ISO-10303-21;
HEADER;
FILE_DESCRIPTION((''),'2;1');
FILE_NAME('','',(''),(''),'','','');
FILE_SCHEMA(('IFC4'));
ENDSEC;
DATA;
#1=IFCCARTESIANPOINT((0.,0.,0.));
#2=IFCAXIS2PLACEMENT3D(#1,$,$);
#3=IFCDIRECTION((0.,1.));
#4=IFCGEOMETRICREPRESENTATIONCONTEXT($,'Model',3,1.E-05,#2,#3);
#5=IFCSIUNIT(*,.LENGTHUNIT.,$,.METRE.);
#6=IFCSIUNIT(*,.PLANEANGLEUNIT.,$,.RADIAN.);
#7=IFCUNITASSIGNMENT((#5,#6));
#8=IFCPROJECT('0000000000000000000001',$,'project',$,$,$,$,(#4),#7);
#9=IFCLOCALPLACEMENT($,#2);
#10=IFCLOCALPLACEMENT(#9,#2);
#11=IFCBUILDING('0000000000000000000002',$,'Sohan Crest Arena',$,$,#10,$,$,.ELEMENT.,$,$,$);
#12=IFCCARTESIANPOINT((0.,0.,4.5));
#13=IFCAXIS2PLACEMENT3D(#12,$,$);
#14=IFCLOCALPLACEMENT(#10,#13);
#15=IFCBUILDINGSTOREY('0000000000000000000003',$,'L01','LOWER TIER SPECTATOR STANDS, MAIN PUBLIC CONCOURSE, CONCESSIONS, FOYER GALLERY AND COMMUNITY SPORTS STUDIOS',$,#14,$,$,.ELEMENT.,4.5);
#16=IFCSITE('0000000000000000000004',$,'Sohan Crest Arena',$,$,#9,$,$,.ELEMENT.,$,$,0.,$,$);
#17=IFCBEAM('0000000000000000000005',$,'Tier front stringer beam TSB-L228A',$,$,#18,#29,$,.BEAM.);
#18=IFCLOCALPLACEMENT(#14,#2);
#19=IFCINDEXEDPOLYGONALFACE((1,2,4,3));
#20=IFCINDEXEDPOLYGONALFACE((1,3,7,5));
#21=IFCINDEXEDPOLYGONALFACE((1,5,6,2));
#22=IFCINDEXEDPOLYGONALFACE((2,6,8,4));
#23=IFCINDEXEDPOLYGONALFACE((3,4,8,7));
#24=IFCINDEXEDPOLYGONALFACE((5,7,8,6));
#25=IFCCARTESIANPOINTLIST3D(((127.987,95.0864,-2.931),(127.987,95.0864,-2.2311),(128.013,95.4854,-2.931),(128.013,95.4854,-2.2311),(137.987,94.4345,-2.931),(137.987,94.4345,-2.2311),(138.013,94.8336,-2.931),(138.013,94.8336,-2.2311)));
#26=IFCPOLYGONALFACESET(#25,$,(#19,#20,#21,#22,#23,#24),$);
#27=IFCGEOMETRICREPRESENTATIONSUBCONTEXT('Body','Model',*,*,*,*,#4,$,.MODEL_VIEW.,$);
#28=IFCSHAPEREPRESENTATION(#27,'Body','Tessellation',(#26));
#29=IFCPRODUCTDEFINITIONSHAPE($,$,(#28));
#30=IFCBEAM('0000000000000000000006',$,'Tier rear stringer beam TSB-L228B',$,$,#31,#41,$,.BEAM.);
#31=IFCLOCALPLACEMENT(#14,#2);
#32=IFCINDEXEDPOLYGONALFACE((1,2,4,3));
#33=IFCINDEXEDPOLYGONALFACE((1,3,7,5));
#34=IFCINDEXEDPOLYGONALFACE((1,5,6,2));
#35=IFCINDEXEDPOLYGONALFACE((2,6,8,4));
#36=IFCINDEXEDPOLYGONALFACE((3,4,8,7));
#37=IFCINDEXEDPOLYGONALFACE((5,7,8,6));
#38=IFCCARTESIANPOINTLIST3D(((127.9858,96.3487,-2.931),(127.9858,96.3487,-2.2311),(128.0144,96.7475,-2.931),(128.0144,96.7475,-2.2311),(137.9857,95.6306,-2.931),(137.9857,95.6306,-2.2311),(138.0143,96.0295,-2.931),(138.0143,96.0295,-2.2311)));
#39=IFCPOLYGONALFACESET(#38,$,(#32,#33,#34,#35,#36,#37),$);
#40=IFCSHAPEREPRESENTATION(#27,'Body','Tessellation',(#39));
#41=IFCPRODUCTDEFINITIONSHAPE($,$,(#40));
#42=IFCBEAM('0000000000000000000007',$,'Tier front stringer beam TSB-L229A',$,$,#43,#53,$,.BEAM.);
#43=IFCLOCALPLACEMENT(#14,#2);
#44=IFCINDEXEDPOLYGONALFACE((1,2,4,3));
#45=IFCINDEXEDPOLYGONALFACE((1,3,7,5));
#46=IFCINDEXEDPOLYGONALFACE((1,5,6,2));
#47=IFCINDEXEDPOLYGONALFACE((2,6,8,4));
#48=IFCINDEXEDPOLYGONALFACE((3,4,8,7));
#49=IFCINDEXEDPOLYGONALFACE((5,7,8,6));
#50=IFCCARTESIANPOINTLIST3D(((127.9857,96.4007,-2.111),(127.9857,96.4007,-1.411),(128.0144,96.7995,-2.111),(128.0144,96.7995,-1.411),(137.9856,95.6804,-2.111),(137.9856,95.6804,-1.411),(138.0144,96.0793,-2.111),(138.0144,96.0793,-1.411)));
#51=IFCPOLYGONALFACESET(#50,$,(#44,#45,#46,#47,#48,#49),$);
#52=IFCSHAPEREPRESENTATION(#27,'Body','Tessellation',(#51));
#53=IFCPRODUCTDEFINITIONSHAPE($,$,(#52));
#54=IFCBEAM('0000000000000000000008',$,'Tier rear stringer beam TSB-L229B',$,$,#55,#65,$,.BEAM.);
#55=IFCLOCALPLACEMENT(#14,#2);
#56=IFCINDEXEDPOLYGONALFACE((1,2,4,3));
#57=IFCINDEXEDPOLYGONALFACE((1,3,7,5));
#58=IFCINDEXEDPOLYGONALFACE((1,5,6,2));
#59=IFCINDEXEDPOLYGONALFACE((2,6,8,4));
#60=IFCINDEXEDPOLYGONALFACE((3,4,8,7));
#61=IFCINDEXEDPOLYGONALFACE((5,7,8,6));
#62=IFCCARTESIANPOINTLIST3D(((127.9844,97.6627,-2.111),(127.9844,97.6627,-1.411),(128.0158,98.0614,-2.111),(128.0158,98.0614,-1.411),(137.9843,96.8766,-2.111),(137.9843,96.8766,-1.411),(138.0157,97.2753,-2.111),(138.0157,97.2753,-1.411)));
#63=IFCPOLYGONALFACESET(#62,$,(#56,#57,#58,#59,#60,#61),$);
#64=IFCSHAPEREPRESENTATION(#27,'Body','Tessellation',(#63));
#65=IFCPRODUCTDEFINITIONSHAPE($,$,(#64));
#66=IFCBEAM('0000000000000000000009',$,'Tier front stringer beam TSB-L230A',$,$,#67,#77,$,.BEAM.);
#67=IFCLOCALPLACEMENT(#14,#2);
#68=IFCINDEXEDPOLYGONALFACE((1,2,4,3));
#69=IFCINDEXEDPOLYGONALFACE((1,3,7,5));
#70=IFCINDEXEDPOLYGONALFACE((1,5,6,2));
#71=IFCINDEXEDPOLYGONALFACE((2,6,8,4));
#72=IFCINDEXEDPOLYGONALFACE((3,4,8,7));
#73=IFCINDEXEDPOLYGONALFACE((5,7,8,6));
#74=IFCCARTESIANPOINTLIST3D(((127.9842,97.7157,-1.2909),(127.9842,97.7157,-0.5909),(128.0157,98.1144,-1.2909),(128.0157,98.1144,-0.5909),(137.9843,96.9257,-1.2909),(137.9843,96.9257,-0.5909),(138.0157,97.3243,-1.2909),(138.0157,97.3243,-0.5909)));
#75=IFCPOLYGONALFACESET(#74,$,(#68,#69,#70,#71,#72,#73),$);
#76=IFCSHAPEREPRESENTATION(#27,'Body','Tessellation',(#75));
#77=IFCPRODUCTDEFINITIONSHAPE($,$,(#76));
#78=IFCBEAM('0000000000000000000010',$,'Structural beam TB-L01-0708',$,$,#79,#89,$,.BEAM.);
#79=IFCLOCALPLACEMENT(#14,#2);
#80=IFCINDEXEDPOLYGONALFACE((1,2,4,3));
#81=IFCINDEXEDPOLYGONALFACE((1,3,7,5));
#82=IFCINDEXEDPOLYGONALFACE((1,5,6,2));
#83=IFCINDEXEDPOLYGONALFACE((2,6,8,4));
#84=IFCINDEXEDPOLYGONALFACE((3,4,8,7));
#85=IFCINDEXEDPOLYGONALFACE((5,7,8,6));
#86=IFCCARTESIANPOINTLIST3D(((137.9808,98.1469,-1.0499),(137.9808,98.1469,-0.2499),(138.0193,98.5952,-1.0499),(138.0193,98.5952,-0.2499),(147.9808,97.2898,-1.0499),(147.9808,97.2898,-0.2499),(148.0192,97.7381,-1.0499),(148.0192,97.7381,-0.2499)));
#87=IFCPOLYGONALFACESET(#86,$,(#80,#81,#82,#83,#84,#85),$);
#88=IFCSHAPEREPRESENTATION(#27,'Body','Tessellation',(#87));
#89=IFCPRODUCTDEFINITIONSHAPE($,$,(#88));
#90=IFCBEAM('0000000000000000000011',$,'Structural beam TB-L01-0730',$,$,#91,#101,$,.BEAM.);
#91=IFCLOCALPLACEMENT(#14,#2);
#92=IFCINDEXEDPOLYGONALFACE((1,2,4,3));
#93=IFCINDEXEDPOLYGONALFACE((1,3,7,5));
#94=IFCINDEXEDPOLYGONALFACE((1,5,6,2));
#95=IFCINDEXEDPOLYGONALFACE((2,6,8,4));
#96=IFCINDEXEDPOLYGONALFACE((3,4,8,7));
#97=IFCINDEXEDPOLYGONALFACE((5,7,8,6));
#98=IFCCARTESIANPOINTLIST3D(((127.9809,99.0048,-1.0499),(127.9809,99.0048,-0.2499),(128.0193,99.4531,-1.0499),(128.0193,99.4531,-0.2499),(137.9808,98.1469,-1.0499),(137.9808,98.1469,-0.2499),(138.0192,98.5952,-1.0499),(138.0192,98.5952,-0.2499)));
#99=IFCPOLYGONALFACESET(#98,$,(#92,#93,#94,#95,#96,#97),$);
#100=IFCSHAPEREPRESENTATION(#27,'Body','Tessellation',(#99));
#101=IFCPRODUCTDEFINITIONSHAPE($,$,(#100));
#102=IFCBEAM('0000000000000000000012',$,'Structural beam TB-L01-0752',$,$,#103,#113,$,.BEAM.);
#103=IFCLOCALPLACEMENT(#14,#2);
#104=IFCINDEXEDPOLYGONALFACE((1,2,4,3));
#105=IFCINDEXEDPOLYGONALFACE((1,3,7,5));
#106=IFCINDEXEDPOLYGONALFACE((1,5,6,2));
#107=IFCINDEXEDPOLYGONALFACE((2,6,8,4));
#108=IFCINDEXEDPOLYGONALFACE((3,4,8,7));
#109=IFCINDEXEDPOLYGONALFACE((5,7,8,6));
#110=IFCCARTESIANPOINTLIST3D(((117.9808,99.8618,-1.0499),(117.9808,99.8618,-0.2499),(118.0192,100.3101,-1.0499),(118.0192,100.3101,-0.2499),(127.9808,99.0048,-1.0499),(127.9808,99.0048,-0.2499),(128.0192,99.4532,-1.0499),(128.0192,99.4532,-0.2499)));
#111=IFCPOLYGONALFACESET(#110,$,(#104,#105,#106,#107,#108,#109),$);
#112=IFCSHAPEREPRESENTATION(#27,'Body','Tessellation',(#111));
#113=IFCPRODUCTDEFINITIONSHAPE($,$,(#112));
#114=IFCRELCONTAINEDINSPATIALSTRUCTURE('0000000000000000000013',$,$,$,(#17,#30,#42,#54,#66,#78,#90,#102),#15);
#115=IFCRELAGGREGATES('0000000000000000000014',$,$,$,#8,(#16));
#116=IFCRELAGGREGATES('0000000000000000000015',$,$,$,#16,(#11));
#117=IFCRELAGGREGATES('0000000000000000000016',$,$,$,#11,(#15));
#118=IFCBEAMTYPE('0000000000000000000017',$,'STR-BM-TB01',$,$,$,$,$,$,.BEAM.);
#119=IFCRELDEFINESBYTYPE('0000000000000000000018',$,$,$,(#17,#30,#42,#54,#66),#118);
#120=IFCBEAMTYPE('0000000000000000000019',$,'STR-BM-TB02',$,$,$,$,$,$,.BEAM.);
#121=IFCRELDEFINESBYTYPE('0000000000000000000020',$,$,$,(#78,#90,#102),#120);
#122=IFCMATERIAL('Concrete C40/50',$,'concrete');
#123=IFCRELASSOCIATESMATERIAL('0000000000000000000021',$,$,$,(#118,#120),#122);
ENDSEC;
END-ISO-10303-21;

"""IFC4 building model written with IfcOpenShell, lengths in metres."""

from ifc_helpers import new_model, si_unit, direction, frame, origin, origin_2d, place, context, subcontext, project, spatial, rectangle, extrude, material, material_profile, profile_set, type_object, element, save


model = new_model("IFC4")

# Units and contexts
model_context = context("Model", 3, precision=1e-05, world=origin(), true_north=direction((0.0, 1.0)))
body_context = subcontext(model_context, "Body", "Model", "MODEL_VIEW")
ifc_project = project(units=[si_unit("LENGTHUNIT", "METRE"), si_unit("PLANEANGLEUNIT", "RADIAN")], contexts=[model_context])

# Site, building, storey
site_placement = place(None, origin())
site = spatial("IfcSite", under=ifc_project, at=site_placement, Name="Sohan Crest Arena", CompositionType="ELEMENT", RefElevation=0.0)
building_placement = place(site_placement, origin())
building = spatial("IfcBuilding", under=site, at=building_placement, Name="Sohan Crest Arena", CompositionType="ELEMENT")
storey_placement = place(building_placement, frame((0.0, 0.0, 4.5)))
storey = spatial("IfcBuildingStorey", under=building, at=storey_placement, Name="L01", Description="LOWER TIER SPECTATOR STANDS, MAIN PUBLIC CONCOURSE, CONCESSIONS, FOYER GALLERY AND COMMUNITY SPORTS STUDIOS", CompositionType="ELEMENT", Elevation=4.5)

# Shared definitions
ifc_material_1 = material(Name="Concrete C40/50", Category="concrete")

# Beams
ifc_material_profile_1 = material_profile(ifc_material_1, rectangle(XDim=0.3999, YDim=0.7, at=origin_2d()), Name="RC-BM 400x700")
ifc_profile_set_1 = profile_set([ifc_material_profile_1], Name="Concrete C40/50")
beam_type_1 = type_object("IfcBeamType", Name="STR-BM-TB01", PredefinedType="BEAM", material=ifc_profile_set_1)
beam_1_placement = place(storey_placement, frame((138.0, 94.634, -2.5811), z_axis=(-0.997882, 0.065047, 0.0), x_axis=(-0.065047, -0.997882, 0.0)))
element("IfcBeam", 1, at=beam_1_placement, inside=storey, type_object=beam_type_1, Name="Tier front stringer beam TSB-L228A", PredefinedType="BEAM", context=body_context, shape_type="SweptSolid", body=[
    extrude(rectangle(XDim=0.3999, YDim=0.7, at=origin_2d()), origin(), (0.0, 0.0, 1.0), 10.0212),
])
beam_2_placement = place(storey_placement, frame((138.0, 95.8301, -2.5811), z_axis=(-0.997432, 0.071617, 0.0), x_axis=(-0.071617, -0.997432, 0.0)))
element("IfcBeam", 2, at=beam_2_placement, inside=storey, type_object=beam_type_1, Name="Tier rear stringer beam TSB-L228B", PredefinedType="BEAM", context=body_context, shape_type="SweptSolid", body=[
    extrude(rectangle(XDim=0.3999, YDim=0.7, at=origin_2d()), origin(), (0.0, 0.0, 1.0), 10.0256),
])
beam_3_placement = place(storey_placement, frame((138.0, 95.8799, -1.761), z_axis=(-0.997416, 0.071835, 0.0), x_axis=(-0.071835, -0.997416, 0.0)))
element("IfcBeam", 3, at=beam_3_placement, inside=storey, type_object=beam_type_1, Name="Tier front stringer beam TSB-L229A", PredefinedType="BEAM", context=body_context, shape_type="SweptSolid", body=[
    extrude(rectangle(XDim=0.3999, YDim=0.7, at=origin_2d()), origin(), (0.0, 0.0, 1.0), 10.0259),
])
beam_4_placement = place(storey_placement, frame((138.0, 97.0759, -1.761), z_axis=(-0.996924, 0.078371, 0.0), x_axis=(-0.078371, -0.996924, 0.0)))
element("IfcBeam", 4, at=beam_4_placement, inside=storey, type_object=beam_type_1, Name="Tier rear stringer beam TSB-L229B", PredefinedType="BEAM", context=body_context, shape_type="SweptSolid", body=[
    extrude(rectangle(XDim=0.3999, YDim=0.7, at=origin_2d()), origin(), (0.0, 0.0, 1.0), 10.0308),
])
beam_5_placement = place(storey_placement, frame((138.0, 97.125, -0.9409), z_axis=(-0.996894, 0.078758, 0.0), x_axis=(-0.078758, -0.996894, 0.0)))
element("IfcBeam", 5, at=beam_5_placement, inside=storey, type_object=beam_type_1, Name="Tier front stringer beam TSB-L230A", PredefinedType="BEAM", context=body_context, shape_type="SweptSolid", body=[
    extrude(rectangle(XDim=0.3999, YDim=0.7, at=origin_2d()), origin(), (0.0, 0.0, 1.0), 10.0312),
])
ifc_material_profile_2 = material_profile(ifc_material_1, rectangle(XDim=0.45, YDim=0.8, at=origin_2d()), Name="RC-BM 450x800")
ifc_profile_set_2 = profile_set([ifc_material_profile_2], Name="Concrete C40/50")
beam_type_2 = type_object("IfcBeamType", Name="STR-BM-TB02", PredefinedType="BEAM", material=ifc_profile_set_2)
for number, where, z_axis, x_axis, name in (
    (6, (148.0, 97.5139, -0.6499), (-0.996346, 0.085405, 0.0), (-0.085405, -0.996346, 0.0), "Structural beam TB-L01-0708"),
    (7, (138.0, 98.3711, -0.6499), (-0.99634, 0.085477, 0.0), (-0.085477, -0.99634, 0.0), "Structural beam TB-L01-0730"),
    (8, (128.0, 99.229, -0.6499), (-0.996348, 0.08538, 0.0), (-0.08538, -0.996348, 0.0), "Structural beam TB-L01-0752"),
):
    element("IfcBeam", number, at=place(storey_placement, frame(where, z_axis=z_axis, x_axis=x_axis)), inside=storey, type_object=beam_type_2, Name=name, PredefinedType="BEAM", context=body_context, shape_type="SweptSolid", body=[
        extrude(rectangle(XDim=0.45, YDim=0.8, at=origin_2d()), origin(), (0.0, 0.0, 1.0), 10.0366),
    ])

save(model, "model.ifc")
